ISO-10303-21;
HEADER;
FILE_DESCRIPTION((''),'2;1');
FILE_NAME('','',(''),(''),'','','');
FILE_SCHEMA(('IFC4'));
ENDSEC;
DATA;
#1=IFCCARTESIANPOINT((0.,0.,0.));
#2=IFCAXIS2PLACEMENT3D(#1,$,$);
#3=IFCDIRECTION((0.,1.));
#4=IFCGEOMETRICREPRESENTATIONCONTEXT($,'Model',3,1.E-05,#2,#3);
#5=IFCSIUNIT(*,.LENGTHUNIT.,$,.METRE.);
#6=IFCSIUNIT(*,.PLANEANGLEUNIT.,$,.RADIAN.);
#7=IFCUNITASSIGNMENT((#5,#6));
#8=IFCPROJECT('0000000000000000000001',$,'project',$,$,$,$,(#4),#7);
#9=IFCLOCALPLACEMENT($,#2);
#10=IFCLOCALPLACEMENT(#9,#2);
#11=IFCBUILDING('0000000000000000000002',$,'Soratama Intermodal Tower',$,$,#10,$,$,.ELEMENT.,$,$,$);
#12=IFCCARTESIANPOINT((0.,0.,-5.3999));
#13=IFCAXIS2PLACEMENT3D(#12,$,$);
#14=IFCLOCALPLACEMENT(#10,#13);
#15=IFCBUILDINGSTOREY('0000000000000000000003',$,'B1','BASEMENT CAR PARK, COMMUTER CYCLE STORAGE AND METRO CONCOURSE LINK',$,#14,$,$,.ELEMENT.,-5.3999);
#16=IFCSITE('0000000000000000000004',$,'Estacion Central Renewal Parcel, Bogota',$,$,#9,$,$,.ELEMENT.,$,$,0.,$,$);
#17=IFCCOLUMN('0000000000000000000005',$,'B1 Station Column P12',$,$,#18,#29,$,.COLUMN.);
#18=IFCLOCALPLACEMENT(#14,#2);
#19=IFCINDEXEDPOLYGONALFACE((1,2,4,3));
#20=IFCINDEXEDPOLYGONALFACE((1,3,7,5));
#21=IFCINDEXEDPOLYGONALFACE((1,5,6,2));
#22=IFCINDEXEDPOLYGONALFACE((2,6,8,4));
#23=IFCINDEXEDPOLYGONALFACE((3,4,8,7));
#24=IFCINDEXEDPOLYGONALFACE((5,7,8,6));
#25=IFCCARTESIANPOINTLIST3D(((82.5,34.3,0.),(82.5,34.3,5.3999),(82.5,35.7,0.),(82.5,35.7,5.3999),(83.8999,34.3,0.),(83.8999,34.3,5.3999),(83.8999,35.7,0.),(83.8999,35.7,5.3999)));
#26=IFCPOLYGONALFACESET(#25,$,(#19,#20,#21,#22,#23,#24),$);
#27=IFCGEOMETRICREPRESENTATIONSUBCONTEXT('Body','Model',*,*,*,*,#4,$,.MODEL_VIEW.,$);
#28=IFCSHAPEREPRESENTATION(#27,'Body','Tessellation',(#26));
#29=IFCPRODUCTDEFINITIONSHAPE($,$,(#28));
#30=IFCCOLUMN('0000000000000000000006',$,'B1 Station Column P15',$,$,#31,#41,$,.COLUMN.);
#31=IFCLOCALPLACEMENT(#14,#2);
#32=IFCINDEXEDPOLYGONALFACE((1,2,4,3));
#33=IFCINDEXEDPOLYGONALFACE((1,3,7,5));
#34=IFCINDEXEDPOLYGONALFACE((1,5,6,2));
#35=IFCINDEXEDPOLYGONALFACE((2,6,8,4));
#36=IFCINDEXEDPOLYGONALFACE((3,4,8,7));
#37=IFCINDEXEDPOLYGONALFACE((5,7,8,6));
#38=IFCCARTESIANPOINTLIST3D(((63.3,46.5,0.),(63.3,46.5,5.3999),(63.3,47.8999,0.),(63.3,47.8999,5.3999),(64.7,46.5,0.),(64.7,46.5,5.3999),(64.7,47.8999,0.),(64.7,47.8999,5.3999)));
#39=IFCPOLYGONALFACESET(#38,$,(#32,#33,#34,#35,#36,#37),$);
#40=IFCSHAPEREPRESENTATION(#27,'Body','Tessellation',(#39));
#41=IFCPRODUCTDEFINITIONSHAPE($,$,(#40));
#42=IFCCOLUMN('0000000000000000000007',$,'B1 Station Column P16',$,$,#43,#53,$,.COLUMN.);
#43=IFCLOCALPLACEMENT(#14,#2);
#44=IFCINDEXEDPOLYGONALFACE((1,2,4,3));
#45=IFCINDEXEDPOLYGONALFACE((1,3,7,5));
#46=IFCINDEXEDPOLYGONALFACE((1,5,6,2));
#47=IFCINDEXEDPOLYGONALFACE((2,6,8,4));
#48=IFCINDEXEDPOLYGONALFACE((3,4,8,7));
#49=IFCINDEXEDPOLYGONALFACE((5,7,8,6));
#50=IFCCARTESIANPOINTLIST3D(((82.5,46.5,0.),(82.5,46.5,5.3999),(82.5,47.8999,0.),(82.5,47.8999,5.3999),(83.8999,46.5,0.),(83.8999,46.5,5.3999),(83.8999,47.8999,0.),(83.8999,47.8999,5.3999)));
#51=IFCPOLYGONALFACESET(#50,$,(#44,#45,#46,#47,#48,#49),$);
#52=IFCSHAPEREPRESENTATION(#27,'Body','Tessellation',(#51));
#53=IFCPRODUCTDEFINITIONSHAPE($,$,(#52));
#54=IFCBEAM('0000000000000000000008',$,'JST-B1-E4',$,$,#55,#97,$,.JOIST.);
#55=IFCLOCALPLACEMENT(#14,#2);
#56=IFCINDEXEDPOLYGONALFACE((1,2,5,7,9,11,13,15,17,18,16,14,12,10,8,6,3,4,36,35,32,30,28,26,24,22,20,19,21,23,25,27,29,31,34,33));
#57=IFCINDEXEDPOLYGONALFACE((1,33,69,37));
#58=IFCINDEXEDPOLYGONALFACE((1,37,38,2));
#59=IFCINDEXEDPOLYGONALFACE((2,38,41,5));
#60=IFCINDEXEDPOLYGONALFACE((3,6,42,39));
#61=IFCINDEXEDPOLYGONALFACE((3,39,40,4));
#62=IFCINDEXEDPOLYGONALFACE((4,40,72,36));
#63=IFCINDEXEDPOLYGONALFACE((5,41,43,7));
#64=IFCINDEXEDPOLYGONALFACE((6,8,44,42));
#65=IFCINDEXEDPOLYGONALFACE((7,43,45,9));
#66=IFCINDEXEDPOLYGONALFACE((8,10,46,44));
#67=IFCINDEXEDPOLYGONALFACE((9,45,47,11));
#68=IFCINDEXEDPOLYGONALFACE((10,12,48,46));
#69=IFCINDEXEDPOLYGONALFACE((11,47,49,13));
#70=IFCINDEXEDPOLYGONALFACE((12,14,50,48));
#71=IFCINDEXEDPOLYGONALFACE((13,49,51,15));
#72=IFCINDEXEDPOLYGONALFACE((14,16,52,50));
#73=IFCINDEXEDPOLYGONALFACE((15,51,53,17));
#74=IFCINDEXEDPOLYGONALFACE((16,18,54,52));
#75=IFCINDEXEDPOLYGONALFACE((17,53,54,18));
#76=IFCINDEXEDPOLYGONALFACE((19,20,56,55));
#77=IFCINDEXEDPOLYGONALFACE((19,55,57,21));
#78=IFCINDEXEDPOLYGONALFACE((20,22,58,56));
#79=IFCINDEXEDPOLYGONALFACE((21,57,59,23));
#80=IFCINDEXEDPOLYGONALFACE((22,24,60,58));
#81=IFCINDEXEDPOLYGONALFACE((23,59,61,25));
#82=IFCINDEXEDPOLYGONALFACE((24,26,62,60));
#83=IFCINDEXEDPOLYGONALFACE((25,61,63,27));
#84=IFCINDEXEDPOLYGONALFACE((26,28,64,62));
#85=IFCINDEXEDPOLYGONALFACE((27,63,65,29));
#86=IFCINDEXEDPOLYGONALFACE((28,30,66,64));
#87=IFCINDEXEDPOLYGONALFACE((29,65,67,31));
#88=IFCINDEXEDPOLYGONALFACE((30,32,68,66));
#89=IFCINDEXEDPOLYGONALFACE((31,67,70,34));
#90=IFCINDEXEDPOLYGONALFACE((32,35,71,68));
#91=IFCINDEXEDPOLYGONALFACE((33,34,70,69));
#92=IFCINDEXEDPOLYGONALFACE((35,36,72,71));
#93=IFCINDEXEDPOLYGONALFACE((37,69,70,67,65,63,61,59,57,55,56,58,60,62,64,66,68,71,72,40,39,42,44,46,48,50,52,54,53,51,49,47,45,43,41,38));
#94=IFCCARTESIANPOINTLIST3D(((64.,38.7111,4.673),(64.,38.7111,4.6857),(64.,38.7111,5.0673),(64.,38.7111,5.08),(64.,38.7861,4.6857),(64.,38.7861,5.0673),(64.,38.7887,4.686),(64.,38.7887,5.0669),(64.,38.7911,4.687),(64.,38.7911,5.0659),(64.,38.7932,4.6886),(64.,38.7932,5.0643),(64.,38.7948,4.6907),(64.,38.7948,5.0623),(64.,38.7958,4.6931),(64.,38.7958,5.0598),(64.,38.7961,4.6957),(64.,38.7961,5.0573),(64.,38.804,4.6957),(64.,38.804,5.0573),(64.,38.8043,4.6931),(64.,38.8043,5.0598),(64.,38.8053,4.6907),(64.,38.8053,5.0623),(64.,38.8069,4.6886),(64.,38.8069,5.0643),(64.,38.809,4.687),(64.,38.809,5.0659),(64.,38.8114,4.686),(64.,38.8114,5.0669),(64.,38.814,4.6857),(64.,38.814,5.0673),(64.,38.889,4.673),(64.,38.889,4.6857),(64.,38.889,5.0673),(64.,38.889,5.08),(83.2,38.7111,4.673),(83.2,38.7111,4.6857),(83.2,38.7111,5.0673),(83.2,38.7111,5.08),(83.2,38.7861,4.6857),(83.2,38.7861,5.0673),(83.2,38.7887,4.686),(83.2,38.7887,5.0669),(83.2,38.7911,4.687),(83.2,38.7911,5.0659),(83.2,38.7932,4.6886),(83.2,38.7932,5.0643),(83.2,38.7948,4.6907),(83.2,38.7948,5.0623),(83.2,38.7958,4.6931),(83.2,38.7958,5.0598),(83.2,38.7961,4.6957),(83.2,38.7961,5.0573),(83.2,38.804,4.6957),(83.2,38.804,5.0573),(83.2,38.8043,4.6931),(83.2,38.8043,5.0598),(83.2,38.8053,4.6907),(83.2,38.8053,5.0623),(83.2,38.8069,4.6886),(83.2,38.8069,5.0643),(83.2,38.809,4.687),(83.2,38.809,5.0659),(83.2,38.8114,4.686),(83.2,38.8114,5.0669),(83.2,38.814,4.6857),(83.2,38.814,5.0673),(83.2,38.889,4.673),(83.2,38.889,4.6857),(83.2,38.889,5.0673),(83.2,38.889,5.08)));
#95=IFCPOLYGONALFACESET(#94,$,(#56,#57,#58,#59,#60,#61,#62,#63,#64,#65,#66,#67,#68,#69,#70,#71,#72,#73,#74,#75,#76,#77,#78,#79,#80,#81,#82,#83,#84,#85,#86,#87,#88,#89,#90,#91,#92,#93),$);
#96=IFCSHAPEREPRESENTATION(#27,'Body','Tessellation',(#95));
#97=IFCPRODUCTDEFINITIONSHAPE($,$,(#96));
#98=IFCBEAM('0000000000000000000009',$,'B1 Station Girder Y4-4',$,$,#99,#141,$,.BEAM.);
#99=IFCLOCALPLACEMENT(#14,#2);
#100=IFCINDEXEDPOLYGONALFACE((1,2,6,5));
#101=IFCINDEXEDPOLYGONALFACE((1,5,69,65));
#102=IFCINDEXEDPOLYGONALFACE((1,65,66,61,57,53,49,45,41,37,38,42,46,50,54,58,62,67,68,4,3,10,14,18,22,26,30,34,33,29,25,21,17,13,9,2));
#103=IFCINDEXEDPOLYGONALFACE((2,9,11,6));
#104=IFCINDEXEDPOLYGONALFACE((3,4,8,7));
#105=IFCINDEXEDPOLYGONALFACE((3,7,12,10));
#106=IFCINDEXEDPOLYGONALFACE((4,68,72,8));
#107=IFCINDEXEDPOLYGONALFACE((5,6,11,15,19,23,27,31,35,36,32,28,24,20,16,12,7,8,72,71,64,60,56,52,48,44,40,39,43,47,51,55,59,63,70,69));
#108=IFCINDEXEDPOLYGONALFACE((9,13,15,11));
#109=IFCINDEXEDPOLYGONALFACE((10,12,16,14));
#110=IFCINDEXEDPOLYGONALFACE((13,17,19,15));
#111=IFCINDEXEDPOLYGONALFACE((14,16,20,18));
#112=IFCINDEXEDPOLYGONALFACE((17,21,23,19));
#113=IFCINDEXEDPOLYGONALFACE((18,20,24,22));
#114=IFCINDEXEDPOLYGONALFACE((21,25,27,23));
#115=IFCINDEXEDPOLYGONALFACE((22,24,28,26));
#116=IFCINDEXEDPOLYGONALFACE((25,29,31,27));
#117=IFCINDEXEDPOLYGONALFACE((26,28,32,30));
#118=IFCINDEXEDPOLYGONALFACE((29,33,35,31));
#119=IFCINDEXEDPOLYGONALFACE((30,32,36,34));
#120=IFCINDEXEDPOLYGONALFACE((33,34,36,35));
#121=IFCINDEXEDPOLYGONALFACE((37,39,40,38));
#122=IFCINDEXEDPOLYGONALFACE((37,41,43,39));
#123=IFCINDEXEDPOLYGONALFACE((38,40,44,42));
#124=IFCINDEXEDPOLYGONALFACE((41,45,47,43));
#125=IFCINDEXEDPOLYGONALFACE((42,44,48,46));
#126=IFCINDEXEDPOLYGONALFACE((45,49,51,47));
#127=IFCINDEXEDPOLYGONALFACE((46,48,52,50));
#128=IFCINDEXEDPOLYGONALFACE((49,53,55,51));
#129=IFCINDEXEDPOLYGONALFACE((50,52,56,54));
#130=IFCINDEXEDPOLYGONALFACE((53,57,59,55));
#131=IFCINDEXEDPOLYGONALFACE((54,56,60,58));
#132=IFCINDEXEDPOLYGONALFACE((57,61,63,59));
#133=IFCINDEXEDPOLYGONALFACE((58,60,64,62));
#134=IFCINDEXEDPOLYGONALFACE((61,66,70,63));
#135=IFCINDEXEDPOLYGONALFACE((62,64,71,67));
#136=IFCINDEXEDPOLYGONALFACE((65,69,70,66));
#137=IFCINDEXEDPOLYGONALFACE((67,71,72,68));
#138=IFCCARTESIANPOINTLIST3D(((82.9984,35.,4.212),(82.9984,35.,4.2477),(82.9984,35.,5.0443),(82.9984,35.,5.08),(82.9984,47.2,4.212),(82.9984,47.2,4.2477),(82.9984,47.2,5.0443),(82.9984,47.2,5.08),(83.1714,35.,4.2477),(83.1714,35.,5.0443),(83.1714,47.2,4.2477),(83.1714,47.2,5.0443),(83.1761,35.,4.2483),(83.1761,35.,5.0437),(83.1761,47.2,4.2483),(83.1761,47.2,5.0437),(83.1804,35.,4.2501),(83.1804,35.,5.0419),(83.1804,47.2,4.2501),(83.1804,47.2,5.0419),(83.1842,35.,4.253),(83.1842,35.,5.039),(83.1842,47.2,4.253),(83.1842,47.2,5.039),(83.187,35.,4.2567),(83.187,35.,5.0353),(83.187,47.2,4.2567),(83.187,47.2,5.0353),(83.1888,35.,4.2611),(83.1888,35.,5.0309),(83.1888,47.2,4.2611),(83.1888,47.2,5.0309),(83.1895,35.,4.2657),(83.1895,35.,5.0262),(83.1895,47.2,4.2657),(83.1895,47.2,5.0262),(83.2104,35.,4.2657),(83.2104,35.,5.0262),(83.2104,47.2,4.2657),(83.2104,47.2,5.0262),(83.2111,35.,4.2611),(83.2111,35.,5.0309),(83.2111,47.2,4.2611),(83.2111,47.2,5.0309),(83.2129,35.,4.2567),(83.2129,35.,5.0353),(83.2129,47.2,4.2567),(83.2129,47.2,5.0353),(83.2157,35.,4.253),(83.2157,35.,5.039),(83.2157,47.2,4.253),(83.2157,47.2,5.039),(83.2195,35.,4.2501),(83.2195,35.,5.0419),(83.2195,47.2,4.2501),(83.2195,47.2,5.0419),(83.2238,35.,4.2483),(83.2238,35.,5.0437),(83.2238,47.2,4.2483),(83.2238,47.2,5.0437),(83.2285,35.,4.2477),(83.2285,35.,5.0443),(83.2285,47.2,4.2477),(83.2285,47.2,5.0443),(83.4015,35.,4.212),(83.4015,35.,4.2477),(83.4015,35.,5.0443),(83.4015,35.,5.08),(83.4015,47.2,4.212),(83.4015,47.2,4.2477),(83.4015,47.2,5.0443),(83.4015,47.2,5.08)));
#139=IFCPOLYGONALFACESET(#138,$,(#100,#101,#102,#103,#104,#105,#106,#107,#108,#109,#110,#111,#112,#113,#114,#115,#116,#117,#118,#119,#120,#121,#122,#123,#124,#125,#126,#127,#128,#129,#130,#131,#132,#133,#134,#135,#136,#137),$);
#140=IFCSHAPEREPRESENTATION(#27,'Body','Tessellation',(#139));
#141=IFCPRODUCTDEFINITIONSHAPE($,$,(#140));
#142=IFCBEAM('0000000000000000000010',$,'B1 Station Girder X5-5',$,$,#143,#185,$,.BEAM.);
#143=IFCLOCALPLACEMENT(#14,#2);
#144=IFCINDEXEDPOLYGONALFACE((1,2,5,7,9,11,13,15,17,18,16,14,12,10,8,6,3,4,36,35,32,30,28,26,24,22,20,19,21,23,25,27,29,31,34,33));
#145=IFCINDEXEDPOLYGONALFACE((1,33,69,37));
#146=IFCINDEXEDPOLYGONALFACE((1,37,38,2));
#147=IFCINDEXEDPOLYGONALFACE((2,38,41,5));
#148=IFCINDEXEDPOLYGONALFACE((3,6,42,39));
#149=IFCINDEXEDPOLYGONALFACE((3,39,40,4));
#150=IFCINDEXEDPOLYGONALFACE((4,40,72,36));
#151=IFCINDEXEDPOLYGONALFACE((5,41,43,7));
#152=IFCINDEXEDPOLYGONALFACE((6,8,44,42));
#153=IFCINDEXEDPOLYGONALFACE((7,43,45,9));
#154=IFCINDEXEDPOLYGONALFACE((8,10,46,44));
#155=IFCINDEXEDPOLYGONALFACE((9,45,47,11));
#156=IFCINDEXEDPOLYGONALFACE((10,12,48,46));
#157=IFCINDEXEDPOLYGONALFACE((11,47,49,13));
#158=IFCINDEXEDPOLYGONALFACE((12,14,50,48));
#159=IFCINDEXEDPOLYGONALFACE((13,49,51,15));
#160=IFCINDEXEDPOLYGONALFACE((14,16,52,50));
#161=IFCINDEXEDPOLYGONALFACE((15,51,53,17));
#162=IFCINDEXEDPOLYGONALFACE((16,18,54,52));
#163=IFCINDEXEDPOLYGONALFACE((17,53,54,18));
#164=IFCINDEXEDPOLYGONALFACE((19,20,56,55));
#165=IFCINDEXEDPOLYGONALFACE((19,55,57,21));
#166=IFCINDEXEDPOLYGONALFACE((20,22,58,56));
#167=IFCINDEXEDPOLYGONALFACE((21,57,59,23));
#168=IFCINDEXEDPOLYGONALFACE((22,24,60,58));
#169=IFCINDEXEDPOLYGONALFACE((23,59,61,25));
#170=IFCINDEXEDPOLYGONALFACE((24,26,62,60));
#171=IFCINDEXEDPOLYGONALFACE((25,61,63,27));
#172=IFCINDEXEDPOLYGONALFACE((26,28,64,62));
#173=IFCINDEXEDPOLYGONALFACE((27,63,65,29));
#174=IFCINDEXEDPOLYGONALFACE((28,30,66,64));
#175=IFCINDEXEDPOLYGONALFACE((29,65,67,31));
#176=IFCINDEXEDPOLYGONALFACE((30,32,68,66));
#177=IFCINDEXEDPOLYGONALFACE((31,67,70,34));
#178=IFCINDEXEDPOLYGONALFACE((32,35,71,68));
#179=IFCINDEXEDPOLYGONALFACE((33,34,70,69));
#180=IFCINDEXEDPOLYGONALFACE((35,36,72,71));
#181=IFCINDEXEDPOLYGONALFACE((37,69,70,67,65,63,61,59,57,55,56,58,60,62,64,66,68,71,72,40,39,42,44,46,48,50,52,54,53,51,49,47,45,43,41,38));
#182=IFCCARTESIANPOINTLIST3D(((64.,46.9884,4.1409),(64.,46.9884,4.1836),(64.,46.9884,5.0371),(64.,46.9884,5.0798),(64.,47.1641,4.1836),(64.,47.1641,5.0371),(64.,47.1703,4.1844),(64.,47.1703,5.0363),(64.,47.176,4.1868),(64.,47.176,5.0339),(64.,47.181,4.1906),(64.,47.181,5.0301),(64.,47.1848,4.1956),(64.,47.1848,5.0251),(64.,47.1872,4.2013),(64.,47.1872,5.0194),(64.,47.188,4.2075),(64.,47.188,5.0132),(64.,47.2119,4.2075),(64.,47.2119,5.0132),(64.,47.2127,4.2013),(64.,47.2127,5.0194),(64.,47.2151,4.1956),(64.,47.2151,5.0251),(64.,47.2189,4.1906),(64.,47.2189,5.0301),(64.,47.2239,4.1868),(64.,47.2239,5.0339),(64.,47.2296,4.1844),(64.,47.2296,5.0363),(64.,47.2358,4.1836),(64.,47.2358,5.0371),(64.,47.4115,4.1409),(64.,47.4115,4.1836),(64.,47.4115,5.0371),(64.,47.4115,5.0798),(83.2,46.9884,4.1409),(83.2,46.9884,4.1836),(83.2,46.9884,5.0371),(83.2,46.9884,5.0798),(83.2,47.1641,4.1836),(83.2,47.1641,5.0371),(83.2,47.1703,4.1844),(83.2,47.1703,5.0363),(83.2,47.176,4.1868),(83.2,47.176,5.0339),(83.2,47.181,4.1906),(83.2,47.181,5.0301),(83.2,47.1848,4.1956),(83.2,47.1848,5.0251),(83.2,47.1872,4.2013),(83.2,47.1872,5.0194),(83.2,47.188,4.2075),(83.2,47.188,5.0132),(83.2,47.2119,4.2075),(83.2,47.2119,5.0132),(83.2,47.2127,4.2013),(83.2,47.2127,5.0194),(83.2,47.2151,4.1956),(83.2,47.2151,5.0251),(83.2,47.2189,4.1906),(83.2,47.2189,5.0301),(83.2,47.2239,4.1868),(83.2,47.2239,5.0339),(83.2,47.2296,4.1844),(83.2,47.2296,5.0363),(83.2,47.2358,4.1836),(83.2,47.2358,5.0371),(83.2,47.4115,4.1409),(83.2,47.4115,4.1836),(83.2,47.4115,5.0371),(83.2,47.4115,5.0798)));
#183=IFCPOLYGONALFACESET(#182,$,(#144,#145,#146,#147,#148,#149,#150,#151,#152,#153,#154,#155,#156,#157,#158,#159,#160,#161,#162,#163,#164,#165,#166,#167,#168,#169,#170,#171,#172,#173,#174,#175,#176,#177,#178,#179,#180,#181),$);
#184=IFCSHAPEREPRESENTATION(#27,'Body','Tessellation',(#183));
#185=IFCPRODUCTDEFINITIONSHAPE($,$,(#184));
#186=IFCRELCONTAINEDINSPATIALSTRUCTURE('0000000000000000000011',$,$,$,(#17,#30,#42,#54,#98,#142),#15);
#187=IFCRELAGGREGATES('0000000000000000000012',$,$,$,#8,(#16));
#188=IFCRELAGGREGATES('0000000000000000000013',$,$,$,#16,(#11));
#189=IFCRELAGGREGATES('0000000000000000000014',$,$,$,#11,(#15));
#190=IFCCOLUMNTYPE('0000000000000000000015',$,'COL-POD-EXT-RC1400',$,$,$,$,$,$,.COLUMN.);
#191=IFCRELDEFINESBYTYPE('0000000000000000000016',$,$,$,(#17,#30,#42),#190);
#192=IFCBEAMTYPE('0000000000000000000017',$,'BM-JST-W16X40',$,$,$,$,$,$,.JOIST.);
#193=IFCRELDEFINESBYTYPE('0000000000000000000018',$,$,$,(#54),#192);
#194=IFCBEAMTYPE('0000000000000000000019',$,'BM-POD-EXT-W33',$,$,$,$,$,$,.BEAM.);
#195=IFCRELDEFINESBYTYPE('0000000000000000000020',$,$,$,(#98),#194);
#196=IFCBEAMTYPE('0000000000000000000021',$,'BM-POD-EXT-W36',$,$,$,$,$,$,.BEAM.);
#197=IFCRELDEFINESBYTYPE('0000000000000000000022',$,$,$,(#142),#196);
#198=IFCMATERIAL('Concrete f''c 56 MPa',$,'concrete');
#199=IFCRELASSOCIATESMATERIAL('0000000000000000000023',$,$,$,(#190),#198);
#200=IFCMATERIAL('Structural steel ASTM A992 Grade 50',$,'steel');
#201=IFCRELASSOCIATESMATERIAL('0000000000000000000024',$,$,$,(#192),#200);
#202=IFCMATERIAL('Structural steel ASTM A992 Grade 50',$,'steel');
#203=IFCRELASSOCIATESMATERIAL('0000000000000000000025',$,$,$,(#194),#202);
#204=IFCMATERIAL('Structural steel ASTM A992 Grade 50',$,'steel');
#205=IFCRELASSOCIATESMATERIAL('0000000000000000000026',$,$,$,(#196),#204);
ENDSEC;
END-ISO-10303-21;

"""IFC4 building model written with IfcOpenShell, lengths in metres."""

from ifc_helpers import new_model, si_unit, direction, frame, origin, origin_2d, place, context, subcontext, project, spatial, rectangle, i_section, extrude, material, material_profile, profile_set, type_object, element, save


model = new_model("IFC4")

# Units and contexts
model_context = context("Model", 3, precision=1e-05, world=origin(), true_north=direction((0.0, 1.0)))
body_context = subcontext(model_context, "Body", "Model", "MODEL_VIEW")
ifc_project = project(units=[si_unit("LENGTHUNIT", "METRE"), si_unit("PLANEANGLEUNIT", "RADIAN")], contexts=[model_context])

# Site, building, storey
site_placement = place(None, origin())
site = spatial("IfcSite", under=ifc_project, at=site_placement, Name="Estacion Central Renewal Parcel, Bogota", CompositionType="ELEMENT", RefElevation=0.0)
building_placement = place(site_placement, origin())
building = spatial("IfcBuilding", under=site, at=building_placement, Name="Soratama Intermodal Tower", CompositionType="ELEMENT")
storey_placement = place(building_placement, frame((0.0, 0.0, -5.3999)))
storey = spatial("IfcBuildingStorey", under=building, at=storey_placement, Name="B1", Description="BASEMENT CAR PARK, COMMUTER CYCLE STORAGE AND METRO CONCOURSE LINK", CompositionType="ELEMENT", Elevation=-5.3999)

# Columns
ifc_material_1 = material(Name="Concrete f'c 56 MPa", Category="concrete")
ifc_material_profile_1 = material_profile(ifc_material_1, rectangle(XDim=1.3999, YDim=1.3999, at=origin_2d()), Name="RC1400X1400")
ifc_profile_set_1 = profile_set([ifc_material_profile_1], Name="Concrete f'c 56 MPa")
column_type = type_object("IfcColumnType", Name="COL-POD-EXT-RC1400", PredefinedType="COLUMN", material=ifc_profile_set_1)
for number, where, z_axis, x_axis, name in (
    (1, (83.2, 35.0, 0.0), (0.0, 0.0, 1.0), (1.0, 0.0, 0.0), "B1 Station Column P12"),
    (2, (64.0, 47.2, 0.0), (0.0, 0.0, 1.0), (1.0, 0.0, 0.0), "B1 Station Column P15"),
    (3, (83.2, 47.2, 0.0), (0.0, 0.0, 1.0), (1.0, 0.0, 0.0), "B1 Station Column P16"),
):
    element("IfcColumn", number, at=place(storey_placement, frame(where, z_axis=z_axis, x_axis=x_axis)), inside=storey, type_object=column_type, Name=name, PredefinedType="COLUMN", context=body_context, shape_type="SweptSolid", body=[
        extrude(rectangle(XDim=1.3999, YDim=1.3999, at=origin_2d()), origin(), (0.0, 0.0, 1.0), 5.3999),
    ])

# Beams
ifc_material_2 = material(Name="Structural steel ASTM A992 Grade 50", Category="steel")
ifc_material_profile_2 = material_profile(ifc_material_2, i_section(OverallWidth=0.178, OverallDepth=0.407, WebThickness=0.0078, FlangeThickness=0.0127, FilletRadius=0.01, at=origin_2d()), Name="W16X40")
ifc_profile_set_2 = profile_set([ifc_material_profile_2], Name="Structural steel ASTM A992 Grade 50")
beam_type_1 = type_object("IfcBeamType", Name="BM-JST-W16X40", PredefinedType="JOIST", material=ifc_profile_set_2)
beam_1_placement = place(storey_placement, frame((64.0, 38.8, 4.8765), z_axis=(1.0, 0.0, 0.0), x_axis=(0.0, 1.0, 0.0)))
element("IfcBeam", 4, at=beam_1_placement, inside=storey, type_object=beam_type_1, Name="JST-B1-E4", PredefinedType="JOIST", context=body_context, shape_type="SweptSolid", body=[
    extrude(i_section(OverallWidth=0.178, OverallDepth=0.407, WebThickness=0.0078, FlangeThickness=0.0127, FilletRadius=0.01, at=origin_2d()), origin(), (0.0, 0.0, 1.0), 19.2),
])
ifc_material_3 = material(Name="Structural steel ASTM A992 Grade 50", Category="steel")
ifc_material_profile_3 = material_profile(ifc_material_3, i_section(OverallWidth=0.4031, OverallDepth=0.8679, WebThickness=0.021, FlangeThickness=0.0356, FilletRadius=0.0181, at=origin_2d()), Name="W33X241")
ifc_profile_set_3 = profile_set([ifc_material_profile_3], Name="Structural steel ASTM A992 Grade 50")
beam_type_2 = type_object("IfcBeamType", Name="BM-POD-EXT-W33", PredefinedType="BEAM", material=ifc_profile_set_3)
beam_2_placement = place(storey_placement, frame((83.2, 35.0, 4.646), z_axis=(0.0, 1.0, 0.0), x_axis=(-1.0, 0.0, 0.0)))
element("IfcBeam", 5, at=beam_2_placement, inside=storey, type_object=beam_type_2, Name="B1 Station Girder Y4-4", PredefinedType="BEAM", context=body_context, shape_type="SweptSolid", body=[
    extrude(i_section(OverallWidth=0.4031, OverallDepth=0.8679, WebThickness=0.021, FlangeThickness=0.0356, FilletRadius=0.0181, at=origin_2d()), origin(), (0.0, 0.0, 1.0), 12.2),
])
ifc_material_4 = material(Name="Structural steel ASTM A992 Grade 50", Category="steel")
ifc_material_profile_4 = material_profile(ifc_material_4, i_section(OverallWidth=0.4231, OverallDepth=0.939, WebThickness=0.0239, FlangeThickness=0.0427, FilletRadius=0.0239, at=origin_2d()), Name="W36X302")
ifc_profile_set_4 = profile_set([ifc_material_profile_4], Name="Structural steel ASTM A992 Grade 50")
beam_type_3 = type_object("IfcBeamType", Name="BM-POD-EXT-W36", PredefinedType="BEAM", material=ifc_profile_set_4)
beam_3_placement = place(storey_placement, frame((64.0, 47.2, 4.6104), z_axis=(1.0, 0.0, 0.0), x_axis=(0.0, 1.0, 0.0)))
element("IfcBeam", 6, at=beam_3_placement, inside=storey, type_object=beam_type_3, Name="B1 Station Girder X5-5", PredefinedType="BEAM", context=body_context, shape_type="SweptSolid", body=[
    extrude(i_section(OverallWidth=0.4231, OverallDepth=0.939, WebThickness=0.0239, FlangeThickness=0.0427, FilletRadius=0.0239, at=origin_2d()), origin(), (0.0, 0.0, 1.0), 19.2),
])

save(model, "model.ifc")
